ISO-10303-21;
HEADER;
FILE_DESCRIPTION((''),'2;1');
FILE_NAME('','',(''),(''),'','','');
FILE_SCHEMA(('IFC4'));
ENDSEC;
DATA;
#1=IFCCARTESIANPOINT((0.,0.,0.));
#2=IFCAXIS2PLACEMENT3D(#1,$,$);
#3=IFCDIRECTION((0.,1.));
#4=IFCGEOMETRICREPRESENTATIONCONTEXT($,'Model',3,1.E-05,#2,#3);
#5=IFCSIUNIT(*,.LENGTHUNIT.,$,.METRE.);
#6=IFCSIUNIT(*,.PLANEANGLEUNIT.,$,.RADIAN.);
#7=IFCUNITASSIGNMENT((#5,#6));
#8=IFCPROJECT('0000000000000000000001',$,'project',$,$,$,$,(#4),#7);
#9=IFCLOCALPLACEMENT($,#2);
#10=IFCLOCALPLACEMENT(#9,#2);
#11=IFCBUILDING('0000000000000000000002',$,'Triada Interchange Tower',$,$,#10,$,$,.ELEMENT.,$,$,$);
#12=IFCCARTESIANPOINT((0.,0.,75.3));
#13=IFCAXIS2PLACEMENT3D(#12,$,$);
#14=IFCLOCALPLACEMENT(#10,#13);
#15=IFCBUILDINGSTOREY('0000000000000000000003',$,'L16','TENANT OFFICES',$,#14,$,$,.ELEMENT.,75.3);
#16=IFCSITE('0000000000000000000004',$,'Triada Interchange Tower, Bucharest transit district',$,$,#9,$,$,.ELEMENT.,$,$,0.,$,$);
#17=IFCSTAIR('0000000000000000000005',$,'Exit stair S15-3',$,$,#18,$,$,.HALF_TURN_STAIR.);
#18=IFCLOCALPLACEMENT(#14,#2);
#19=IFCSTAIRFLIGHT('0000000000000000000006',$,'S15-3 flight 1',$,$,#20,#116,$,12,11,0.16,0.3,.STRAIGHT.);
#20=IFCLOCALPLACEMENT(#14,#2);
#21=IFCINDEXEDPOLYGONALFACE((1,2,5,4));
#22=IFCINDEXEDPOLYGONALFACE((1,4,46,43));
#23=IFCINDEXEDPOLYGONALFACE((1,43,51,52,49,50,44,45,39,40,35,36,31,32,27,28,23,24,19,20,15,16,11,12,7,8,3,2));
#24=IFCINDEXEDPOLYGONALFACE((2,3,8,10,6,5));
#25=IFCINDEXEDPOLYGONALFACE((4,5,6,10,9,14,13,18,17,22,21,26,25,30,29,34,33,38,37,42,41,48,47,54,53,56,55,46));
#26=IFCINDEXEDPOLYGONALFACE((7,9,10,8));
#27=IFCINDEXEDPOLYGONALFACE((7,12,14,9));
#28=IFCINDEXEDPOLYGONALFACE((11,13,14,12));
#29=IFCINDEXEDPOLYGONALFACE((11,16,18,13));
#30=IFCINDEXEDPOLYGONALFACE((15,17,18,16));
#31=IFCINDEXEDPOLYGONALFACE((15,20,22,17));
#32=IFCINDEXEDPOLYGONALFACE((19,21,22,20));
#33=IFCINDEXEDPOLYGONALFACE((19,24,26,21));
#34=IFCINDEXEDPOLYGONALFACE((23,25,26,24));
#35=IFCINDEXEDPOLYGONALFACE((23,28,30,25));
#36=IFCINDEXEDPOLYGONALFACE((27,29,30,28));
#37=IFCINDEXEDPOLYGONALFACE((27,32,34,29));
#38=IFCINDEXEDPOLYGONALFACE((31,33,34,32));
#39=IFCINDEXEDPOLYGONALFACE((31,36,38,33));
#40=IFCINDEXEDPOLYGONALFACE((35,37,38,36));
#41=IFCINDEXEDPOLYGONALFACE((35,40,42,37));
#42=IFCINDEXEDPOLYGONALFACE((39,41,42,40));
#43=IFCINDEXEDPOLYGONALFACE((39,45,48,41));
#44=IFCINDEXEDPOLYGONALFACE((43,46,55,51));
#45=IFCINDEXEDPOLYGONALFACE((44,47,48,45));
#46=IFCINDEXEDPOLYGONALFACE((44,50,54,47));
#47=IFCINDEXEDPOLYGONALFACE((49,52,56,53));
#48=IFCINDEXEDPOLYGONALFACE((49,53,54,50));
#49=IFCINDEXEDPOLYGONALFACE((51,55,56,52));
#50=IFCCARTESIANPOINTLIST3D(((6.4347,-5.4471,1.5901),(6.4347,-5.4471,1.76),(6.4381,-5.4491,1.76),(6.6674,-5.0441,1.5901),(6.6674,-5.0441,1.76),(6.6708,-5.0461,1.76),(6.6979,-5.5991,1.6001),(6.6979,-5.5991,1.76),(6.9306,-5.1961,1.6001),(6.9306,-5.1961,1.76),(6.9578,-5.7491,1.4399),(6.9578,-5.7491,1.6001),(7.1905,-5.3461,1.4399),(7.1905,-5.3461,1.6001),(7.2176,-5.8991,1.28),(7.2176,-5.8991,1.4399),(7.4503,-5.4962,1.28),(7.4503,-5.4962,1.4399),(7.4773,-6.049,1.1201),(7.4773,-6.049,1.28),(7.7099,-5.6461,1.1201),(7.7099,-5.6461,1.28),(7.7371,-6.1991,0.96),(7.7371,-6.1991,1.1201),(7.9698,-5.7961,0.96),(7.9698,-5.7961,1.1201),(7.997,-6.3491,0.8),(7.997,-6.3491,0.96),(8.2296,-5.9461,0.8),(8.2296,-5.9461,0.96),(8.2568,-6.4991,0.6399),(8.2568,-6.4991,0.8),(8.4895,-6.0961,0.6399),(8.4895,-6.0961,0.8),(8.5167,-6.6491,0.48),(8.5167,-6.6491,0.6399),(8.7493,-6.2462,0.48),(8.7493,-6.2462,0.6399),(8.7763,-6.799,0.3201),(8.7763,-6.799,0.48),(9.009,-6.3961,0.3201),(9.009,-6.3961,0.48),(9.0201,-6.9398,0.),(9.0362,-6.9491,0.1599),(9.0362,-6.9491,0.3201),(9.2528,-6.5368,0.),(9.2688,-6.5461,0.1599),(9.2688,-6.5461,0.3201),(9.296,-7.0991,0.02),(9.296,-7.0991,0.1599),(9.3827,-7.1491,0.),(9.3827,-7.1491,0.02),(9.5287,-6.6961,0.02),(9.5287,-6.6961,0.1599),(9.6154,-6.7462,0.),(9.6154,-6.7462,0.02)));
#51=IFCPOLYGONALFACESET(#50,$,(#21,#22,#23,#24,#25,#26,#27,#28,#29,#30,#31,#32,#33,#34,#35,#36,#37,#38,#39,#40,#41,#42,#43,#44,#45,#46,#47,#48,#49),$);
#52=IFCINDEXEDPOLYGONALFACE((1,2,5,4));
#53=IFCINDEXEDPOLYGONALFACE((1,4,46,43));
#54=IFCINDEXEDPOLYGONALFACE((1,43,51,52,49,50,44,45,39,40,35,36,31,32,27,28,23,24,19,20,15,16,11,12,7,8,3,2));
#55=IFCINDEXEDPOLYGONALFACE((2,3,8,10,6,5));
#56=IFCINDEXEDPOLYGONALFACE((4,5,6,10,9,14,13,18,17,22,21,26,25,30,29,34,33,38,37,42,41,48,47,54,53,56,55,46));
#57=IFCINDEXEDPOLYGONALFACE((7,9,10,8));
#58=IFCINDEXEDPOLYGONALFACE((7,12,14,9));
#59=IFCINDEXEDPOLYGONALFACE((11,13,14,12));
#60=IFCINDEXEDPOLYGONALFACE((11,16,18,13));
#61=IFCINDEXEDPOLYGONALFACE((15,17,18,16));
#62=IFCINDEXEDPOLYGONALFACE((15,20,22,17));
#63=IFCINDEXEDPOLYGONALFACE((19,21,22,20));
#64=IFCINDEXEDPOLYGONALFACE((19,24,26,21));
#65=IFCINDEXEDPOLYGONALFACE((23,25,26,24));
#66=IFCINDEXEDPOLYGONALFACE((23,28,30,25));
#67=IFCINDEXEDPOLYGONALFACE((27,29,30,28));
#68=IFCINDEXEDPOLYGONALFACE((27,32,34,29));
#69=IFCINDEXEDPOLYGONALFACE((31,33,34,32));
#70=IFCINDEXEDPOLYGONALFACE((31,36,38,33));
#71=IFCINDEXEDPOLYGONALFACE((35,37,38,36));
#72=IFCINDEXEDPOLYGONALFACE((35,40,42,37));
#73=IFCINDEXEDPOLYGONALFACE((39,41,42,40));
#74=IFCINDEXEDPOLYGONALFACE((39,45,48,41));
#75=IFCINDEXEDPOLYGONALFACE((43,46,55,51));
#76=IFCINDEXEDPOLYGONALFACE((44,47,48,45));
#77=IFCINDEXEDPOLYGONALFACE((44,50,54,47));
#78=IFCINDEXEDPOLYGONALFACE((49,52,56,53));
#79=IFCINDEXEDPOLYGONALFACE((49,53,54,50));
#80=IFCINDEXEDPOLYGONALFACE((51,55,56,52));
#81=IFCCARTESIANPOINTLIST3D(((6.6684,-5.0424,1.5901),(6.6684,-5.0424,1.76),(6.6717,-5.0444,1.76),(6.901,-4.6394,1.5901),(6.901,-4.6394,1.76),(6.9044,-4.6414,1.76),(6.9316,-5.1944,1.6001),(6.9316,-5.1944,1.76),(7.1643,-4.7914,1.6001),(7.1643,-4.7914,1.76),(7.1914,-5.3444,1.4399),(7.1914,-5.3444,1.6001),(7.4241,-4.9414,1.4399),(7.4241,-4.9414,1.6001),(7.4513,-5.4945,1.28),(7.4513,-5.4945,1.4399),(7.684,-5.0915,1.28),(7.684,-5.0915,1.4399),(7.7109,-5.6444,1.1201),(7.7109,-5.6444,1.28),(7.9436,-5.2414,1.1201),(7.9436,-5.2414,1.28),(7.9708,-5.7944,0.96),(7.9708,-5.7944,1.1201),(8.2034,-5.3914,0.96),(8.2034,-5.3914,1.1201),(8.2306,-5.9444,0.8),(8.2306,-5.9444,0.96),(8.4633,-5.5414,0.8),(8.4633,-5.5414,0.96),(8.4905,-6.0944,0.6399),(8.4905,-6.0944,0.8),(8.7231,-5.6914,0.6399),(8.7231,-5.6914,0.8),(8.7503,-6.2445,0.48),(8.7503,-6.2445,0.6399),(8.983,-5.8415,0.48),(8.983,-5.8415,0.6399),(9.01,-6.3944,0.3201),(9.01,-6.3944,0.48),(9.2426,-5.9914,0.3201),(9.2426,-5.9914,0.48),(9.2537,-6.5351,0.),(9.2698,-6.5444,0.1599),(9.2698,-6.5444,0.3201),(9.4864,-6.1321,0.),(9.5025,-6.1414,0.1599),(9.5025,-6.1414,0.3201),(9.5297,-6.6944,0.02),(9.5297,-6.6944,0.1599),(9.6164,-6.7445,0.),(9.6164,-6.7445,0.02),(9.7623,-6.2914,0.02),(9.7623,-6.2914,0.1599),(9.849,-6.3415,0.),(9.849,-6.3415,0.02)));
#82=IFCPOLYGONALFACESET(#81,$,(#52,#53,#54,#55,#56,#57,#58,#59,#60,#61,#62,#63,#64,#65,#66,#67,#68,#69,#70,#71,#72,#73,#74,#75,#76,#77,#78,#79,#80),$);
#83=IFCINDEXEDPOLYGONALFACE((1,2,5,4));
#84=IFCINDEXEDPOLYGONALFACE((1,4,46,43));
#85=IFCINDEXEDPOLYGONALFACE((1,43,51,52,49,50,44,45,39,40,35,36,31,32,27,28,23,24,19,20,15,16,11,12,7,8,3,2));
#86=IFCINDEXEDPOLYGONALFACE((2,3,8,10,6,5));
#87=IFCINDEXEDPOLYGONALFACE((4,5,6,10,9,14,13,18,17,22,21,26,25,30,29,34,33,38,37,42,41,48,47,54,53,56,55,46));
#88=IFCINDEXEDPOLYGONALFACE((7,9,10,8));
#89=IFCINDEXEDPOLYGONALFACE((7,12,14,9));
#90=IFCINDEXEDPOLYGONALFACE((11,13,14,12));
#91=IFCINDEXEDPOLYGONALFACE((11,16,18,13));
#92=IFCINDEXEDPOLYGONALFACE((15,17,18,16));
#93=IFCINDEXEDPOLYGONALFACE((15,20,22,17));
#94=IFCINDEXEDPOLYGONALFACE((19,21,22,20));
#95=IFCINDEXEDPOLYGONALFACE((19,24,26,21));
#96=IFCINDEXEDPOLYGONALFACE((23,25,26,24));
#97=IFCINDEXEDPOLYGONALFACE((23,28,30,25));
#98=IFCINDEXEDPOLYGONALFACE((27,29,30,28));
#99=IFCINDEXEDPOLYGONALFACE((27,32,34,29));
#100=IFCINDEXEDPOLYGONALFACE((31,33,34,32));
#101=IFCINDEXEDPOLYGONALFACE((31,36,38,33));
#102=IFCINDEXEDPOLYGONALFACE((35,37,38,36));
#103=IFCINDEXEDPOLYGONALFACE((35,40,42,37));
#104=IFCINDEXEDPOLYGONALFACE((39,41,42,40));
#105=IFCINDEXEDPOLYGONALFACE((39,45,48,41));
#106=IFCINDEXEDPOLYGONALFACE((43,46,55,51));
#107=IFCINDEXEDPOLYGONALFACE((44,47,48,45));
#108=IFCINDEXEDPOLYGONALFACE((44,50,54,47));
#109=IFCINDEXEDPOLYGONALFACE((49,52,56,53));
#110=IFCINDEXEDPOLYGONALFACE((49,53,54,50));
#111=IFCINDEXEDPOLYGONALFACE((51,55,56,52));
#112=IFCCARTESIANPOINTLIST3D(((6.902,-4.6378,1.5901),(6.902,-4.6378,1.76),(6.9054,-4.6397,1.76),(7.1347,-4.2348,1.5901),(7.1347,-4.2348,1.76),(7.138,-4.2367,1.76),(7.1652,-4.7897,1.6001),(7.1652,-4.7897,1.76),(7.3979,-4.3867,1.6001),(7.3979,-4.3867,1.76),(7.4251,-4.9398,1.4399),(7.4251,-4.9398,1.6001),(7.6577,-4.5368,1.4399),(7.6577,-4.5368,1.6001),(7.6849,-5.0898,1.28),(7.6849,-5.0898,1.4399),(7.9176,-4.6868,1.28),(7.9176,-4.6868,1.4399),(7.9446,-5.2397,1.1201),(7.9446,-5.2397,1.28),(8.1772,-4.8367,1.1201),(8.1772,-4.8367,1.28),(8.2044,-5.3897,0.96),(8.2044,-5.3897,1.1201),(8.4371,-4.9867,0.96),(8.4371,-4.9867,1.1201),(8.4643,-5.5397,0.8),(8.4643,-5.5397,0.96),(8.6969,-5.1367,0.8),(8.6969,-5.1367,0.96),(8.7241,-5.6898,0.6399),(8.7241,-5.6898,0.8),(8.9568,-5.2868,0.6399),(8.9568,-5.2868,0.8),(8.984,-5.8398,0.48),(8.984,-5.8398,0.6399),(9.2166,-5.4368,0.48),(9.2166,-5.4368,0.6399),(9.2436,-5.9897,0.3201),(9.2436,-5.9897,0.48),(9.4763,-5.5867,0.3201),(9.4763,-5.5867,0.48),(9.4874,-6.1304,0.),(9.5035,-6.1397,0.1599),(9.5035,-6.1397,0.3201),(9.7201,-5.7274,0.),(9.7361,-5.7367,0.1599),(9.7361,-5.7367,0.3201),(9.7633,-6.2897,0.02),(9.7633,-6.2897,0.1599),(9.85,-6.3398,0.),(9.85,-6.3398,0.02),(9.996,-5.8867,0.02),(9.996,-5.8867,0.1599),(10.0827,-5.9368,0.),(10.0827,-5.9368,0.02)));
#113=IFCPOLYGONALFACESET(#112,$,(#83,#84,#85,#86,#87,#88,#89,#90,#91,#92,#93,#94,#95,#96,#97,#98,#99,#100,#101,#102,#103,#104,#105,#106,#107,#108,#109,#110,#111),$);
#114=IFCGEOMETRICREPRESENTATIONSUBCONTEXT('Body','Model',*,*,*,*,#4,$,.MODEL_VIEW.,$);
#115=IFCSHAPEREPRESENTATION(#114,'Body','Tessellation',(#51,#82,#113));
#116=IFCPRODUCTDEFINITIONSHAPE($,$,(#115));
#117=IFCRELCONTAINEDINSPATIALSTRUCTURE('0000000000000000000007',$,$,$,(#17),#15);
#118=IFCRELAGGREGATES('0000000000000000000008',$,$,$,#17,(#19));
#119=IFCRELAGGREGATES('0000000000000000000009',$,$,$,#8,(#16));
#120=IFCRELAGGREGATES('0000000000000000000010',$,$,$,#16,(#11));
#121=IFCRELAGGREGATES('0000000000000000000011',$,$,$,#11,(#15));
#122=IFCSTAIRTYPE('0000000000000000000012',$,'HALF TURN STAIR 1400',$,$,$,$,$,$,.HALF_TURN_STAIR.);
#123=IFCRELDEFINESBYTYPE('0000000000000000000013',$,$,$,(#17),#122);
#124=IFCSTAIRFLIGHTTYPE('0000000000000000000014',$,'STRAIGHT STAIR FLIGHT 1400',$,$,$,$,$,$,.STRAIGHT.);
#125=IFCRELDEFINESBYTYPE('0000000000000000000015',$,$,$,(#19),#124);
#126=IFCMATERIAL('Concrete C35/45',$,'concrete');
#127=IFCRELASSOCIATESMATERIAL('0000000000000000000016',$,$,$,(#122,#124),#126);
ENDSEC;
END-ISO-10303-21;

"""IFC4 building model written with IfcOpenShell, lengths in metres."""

from ifc_helpers import new_model, si_unit, direction, frame, origin, place, context, subcontext, project, spatial, polyline, outline, extrude, material, type_object, element, aggregate, save


model = new_model("IFC4")

# Units and contexts
model_context = context("Model", 3, precision=1e-05, world=origin(), true_north=direction((0.0, 1.0)))
body_context = subcontext(model_context, "Body", "Model", "MODEL_VIEW")
ifc_project = project(units=[si_unit("LENGTHUNIT", "METRE"), si_unit("PLANEANGLEUNIT", "RADIAN")], contexts=[model_context])

# Site, building, storey
site_placement = place(None, origin())
site = spatial("IfcSite", under=ifc_project, at=site_placement, Name="Triada Interchange Tower, Bucharest transit district", CompositionType="ELEMENT", RefElevation=0.0)
building_placement = place(site_placement, origin())
building = spatial("IfcBuilding", under=site, at=building_placement, Name="Triada Interchange Tower", CompositionType="ELEMENT")
storey_placement = place(building_placement, frame((0.0, 0.0, 75.3)))
storey = spatial("IfcBuildingStorey", under=building, at=storey_placement, Name="L16", Description="TENANT OFFICES", CompositionType="ELEMENT", Elevation=75.3)

# Stair, stair flight
ifc_material_1 = material(Name="Concrete C35/45", Category="concrete")
stair_type = type_object("IfcStairType", Name="HALF TURN STAIR 1400", PredefinedType="HALF_TURN_STAIR", material=ifc_material_1)
stair_placement = place(storey_placement, origin())
stair = element("IfcStair", 1, at=stair_placement, inside=storey, type_object=stair_type, Name="Exit stair S15-3", PredefinedType="HALF_TURN_STAIR")
stair_flight_type = type_object("IfcStairFlightType", Name="STRAIGHT STAIR FLIGHT 1400", PredefinedType="STRAIGHT", material=ifc_material_1)
stair_flight_1_placement = place(storey_placement, frame((9.646, -6.4929, 0.0), z_axis=(0.0, 0.0, 1.0), x_axis=(-0.866025, 0.5, 0.0)))
stair_flight_1 = element("IfcStairFlight", 2, at=stair_flight_1_placement, type_object=stair_flight_type, Name="S15-3 flight 1", NumberOfRisers=12, NumberOfTreads=11, PredefinedType="STRAIGHT", RiserHeight=0.16, TreadLength=0.3, context=body_context, shape_type="SweptSolid", body=[
    extrude(outline(polyline([(-0.1001, 0.0), (-0.1001, 0.02), (0.0, 0.02), (0.0, 0.1599), (0.3, 0.1599), (0.3, 0.3201), (0.6001, 0.3201), (0.6001, 0.48), (0.8999, 0.48), (0.8999, 0.6399), (1.2, 0.6399), (1.2, 0.8), (1.5, 0.8), (1.5, 0.96), (1.8, 0.96), (1.8, 1.1201), (2.1001, 1.1201), (2.1001, 1.28), (2.3999, 1.28), (2.3999, 1.4399), (2.7, 1.4399), (2.7, 1.6001), (3.0, 1.6001), (3.0, 1.76), (3.3, 1.76), (3.304, 1.76), (3.304, 1.9199), (3.304, 1.5901), (0.3186, 0.0), (-0.1001, 0.0)])), frame((0.0, 0.7, 0.0), z_axis=(0.0, -1.0, 0.0), x_axis=(1.0, 0.0, 0.0)), (0.0, 0.0, 1.0), 0.4653),
    extrude(outline(polyline([(-0.1001, 0.0), (-0.1001, 0.02), (0.0, 0.02), (0.0, 0.1599), (0.3, 0.1599), (0.3, 0.3201), (0.6001, 0.3201), (0.6001, 0.48), (0.8999, 0.48), (0.8999, 0.6399), (1.2, 0.6399), (1.2, 0.8), (1.5, 0.8), (1.5, 0.96), (1.8, 0.96), (1.8, 1.1201), (2.1001, 1.1201), (2.1001, 1.28), (2.3999, 1.28), (2.3999, 1.4399), (2.7, 1.4399), (2.7, 1.6001), (3.0, 1.6001), (3.0, 1.76), (3.3, 1.76), (3.304, 1.76), (3.304, 1.9199), (3.304, 1.5901), (0.3186, 0.0), (-0.1001, 0.0)])), frame((0.0, 0.2327, 0.0), z_axis=(0.0, -1.0, 0.0), x_axis=(1.0, 0.0, 0.0)), (0.0, 0.0, 1.0), 0.4653),
    extrude(outline(polyline([(-0.1001, 0.0), (-0.1001, 0.02), (0.0, 0.02), (0.0, 0.1599), (0.3, 0.1599), (0.3, 0.3201), (0.6001, 0.3201), (0.6001, 0.48), (0.8999, 0.48), (0.8999, 0.6399), (1.2, 0.6399), (1.2, 0.8), (1.5, 0.8), (1.5, 0.96), (1.8, 0.96), (1.8, 1.1201), (2.1001, 1.1201), (2.1001, 1.28), (2.3999, 1.28), (2.3999, 1.4399), (2.7, 1.4399), (2.7, 1.6001), (3.0, 1.6001), (3.0, 1.76), (3.3, 1.76), (3.304, 1.76), (3.304, 1.9199), (3.304, 1.5901), (0.3186, 0.0), (-0.1001, 0.0)])), frame((0.0, -0.2346, 0.0), z_axis=(0.0, -1.0, 0.0), x_axis=(1.0, 0.0, 0.0)), (0.0, 0.0, 1.0), 0.4653),
])
aggregate(stair, [stair_flight_1])

save(model, "model.ifc")
